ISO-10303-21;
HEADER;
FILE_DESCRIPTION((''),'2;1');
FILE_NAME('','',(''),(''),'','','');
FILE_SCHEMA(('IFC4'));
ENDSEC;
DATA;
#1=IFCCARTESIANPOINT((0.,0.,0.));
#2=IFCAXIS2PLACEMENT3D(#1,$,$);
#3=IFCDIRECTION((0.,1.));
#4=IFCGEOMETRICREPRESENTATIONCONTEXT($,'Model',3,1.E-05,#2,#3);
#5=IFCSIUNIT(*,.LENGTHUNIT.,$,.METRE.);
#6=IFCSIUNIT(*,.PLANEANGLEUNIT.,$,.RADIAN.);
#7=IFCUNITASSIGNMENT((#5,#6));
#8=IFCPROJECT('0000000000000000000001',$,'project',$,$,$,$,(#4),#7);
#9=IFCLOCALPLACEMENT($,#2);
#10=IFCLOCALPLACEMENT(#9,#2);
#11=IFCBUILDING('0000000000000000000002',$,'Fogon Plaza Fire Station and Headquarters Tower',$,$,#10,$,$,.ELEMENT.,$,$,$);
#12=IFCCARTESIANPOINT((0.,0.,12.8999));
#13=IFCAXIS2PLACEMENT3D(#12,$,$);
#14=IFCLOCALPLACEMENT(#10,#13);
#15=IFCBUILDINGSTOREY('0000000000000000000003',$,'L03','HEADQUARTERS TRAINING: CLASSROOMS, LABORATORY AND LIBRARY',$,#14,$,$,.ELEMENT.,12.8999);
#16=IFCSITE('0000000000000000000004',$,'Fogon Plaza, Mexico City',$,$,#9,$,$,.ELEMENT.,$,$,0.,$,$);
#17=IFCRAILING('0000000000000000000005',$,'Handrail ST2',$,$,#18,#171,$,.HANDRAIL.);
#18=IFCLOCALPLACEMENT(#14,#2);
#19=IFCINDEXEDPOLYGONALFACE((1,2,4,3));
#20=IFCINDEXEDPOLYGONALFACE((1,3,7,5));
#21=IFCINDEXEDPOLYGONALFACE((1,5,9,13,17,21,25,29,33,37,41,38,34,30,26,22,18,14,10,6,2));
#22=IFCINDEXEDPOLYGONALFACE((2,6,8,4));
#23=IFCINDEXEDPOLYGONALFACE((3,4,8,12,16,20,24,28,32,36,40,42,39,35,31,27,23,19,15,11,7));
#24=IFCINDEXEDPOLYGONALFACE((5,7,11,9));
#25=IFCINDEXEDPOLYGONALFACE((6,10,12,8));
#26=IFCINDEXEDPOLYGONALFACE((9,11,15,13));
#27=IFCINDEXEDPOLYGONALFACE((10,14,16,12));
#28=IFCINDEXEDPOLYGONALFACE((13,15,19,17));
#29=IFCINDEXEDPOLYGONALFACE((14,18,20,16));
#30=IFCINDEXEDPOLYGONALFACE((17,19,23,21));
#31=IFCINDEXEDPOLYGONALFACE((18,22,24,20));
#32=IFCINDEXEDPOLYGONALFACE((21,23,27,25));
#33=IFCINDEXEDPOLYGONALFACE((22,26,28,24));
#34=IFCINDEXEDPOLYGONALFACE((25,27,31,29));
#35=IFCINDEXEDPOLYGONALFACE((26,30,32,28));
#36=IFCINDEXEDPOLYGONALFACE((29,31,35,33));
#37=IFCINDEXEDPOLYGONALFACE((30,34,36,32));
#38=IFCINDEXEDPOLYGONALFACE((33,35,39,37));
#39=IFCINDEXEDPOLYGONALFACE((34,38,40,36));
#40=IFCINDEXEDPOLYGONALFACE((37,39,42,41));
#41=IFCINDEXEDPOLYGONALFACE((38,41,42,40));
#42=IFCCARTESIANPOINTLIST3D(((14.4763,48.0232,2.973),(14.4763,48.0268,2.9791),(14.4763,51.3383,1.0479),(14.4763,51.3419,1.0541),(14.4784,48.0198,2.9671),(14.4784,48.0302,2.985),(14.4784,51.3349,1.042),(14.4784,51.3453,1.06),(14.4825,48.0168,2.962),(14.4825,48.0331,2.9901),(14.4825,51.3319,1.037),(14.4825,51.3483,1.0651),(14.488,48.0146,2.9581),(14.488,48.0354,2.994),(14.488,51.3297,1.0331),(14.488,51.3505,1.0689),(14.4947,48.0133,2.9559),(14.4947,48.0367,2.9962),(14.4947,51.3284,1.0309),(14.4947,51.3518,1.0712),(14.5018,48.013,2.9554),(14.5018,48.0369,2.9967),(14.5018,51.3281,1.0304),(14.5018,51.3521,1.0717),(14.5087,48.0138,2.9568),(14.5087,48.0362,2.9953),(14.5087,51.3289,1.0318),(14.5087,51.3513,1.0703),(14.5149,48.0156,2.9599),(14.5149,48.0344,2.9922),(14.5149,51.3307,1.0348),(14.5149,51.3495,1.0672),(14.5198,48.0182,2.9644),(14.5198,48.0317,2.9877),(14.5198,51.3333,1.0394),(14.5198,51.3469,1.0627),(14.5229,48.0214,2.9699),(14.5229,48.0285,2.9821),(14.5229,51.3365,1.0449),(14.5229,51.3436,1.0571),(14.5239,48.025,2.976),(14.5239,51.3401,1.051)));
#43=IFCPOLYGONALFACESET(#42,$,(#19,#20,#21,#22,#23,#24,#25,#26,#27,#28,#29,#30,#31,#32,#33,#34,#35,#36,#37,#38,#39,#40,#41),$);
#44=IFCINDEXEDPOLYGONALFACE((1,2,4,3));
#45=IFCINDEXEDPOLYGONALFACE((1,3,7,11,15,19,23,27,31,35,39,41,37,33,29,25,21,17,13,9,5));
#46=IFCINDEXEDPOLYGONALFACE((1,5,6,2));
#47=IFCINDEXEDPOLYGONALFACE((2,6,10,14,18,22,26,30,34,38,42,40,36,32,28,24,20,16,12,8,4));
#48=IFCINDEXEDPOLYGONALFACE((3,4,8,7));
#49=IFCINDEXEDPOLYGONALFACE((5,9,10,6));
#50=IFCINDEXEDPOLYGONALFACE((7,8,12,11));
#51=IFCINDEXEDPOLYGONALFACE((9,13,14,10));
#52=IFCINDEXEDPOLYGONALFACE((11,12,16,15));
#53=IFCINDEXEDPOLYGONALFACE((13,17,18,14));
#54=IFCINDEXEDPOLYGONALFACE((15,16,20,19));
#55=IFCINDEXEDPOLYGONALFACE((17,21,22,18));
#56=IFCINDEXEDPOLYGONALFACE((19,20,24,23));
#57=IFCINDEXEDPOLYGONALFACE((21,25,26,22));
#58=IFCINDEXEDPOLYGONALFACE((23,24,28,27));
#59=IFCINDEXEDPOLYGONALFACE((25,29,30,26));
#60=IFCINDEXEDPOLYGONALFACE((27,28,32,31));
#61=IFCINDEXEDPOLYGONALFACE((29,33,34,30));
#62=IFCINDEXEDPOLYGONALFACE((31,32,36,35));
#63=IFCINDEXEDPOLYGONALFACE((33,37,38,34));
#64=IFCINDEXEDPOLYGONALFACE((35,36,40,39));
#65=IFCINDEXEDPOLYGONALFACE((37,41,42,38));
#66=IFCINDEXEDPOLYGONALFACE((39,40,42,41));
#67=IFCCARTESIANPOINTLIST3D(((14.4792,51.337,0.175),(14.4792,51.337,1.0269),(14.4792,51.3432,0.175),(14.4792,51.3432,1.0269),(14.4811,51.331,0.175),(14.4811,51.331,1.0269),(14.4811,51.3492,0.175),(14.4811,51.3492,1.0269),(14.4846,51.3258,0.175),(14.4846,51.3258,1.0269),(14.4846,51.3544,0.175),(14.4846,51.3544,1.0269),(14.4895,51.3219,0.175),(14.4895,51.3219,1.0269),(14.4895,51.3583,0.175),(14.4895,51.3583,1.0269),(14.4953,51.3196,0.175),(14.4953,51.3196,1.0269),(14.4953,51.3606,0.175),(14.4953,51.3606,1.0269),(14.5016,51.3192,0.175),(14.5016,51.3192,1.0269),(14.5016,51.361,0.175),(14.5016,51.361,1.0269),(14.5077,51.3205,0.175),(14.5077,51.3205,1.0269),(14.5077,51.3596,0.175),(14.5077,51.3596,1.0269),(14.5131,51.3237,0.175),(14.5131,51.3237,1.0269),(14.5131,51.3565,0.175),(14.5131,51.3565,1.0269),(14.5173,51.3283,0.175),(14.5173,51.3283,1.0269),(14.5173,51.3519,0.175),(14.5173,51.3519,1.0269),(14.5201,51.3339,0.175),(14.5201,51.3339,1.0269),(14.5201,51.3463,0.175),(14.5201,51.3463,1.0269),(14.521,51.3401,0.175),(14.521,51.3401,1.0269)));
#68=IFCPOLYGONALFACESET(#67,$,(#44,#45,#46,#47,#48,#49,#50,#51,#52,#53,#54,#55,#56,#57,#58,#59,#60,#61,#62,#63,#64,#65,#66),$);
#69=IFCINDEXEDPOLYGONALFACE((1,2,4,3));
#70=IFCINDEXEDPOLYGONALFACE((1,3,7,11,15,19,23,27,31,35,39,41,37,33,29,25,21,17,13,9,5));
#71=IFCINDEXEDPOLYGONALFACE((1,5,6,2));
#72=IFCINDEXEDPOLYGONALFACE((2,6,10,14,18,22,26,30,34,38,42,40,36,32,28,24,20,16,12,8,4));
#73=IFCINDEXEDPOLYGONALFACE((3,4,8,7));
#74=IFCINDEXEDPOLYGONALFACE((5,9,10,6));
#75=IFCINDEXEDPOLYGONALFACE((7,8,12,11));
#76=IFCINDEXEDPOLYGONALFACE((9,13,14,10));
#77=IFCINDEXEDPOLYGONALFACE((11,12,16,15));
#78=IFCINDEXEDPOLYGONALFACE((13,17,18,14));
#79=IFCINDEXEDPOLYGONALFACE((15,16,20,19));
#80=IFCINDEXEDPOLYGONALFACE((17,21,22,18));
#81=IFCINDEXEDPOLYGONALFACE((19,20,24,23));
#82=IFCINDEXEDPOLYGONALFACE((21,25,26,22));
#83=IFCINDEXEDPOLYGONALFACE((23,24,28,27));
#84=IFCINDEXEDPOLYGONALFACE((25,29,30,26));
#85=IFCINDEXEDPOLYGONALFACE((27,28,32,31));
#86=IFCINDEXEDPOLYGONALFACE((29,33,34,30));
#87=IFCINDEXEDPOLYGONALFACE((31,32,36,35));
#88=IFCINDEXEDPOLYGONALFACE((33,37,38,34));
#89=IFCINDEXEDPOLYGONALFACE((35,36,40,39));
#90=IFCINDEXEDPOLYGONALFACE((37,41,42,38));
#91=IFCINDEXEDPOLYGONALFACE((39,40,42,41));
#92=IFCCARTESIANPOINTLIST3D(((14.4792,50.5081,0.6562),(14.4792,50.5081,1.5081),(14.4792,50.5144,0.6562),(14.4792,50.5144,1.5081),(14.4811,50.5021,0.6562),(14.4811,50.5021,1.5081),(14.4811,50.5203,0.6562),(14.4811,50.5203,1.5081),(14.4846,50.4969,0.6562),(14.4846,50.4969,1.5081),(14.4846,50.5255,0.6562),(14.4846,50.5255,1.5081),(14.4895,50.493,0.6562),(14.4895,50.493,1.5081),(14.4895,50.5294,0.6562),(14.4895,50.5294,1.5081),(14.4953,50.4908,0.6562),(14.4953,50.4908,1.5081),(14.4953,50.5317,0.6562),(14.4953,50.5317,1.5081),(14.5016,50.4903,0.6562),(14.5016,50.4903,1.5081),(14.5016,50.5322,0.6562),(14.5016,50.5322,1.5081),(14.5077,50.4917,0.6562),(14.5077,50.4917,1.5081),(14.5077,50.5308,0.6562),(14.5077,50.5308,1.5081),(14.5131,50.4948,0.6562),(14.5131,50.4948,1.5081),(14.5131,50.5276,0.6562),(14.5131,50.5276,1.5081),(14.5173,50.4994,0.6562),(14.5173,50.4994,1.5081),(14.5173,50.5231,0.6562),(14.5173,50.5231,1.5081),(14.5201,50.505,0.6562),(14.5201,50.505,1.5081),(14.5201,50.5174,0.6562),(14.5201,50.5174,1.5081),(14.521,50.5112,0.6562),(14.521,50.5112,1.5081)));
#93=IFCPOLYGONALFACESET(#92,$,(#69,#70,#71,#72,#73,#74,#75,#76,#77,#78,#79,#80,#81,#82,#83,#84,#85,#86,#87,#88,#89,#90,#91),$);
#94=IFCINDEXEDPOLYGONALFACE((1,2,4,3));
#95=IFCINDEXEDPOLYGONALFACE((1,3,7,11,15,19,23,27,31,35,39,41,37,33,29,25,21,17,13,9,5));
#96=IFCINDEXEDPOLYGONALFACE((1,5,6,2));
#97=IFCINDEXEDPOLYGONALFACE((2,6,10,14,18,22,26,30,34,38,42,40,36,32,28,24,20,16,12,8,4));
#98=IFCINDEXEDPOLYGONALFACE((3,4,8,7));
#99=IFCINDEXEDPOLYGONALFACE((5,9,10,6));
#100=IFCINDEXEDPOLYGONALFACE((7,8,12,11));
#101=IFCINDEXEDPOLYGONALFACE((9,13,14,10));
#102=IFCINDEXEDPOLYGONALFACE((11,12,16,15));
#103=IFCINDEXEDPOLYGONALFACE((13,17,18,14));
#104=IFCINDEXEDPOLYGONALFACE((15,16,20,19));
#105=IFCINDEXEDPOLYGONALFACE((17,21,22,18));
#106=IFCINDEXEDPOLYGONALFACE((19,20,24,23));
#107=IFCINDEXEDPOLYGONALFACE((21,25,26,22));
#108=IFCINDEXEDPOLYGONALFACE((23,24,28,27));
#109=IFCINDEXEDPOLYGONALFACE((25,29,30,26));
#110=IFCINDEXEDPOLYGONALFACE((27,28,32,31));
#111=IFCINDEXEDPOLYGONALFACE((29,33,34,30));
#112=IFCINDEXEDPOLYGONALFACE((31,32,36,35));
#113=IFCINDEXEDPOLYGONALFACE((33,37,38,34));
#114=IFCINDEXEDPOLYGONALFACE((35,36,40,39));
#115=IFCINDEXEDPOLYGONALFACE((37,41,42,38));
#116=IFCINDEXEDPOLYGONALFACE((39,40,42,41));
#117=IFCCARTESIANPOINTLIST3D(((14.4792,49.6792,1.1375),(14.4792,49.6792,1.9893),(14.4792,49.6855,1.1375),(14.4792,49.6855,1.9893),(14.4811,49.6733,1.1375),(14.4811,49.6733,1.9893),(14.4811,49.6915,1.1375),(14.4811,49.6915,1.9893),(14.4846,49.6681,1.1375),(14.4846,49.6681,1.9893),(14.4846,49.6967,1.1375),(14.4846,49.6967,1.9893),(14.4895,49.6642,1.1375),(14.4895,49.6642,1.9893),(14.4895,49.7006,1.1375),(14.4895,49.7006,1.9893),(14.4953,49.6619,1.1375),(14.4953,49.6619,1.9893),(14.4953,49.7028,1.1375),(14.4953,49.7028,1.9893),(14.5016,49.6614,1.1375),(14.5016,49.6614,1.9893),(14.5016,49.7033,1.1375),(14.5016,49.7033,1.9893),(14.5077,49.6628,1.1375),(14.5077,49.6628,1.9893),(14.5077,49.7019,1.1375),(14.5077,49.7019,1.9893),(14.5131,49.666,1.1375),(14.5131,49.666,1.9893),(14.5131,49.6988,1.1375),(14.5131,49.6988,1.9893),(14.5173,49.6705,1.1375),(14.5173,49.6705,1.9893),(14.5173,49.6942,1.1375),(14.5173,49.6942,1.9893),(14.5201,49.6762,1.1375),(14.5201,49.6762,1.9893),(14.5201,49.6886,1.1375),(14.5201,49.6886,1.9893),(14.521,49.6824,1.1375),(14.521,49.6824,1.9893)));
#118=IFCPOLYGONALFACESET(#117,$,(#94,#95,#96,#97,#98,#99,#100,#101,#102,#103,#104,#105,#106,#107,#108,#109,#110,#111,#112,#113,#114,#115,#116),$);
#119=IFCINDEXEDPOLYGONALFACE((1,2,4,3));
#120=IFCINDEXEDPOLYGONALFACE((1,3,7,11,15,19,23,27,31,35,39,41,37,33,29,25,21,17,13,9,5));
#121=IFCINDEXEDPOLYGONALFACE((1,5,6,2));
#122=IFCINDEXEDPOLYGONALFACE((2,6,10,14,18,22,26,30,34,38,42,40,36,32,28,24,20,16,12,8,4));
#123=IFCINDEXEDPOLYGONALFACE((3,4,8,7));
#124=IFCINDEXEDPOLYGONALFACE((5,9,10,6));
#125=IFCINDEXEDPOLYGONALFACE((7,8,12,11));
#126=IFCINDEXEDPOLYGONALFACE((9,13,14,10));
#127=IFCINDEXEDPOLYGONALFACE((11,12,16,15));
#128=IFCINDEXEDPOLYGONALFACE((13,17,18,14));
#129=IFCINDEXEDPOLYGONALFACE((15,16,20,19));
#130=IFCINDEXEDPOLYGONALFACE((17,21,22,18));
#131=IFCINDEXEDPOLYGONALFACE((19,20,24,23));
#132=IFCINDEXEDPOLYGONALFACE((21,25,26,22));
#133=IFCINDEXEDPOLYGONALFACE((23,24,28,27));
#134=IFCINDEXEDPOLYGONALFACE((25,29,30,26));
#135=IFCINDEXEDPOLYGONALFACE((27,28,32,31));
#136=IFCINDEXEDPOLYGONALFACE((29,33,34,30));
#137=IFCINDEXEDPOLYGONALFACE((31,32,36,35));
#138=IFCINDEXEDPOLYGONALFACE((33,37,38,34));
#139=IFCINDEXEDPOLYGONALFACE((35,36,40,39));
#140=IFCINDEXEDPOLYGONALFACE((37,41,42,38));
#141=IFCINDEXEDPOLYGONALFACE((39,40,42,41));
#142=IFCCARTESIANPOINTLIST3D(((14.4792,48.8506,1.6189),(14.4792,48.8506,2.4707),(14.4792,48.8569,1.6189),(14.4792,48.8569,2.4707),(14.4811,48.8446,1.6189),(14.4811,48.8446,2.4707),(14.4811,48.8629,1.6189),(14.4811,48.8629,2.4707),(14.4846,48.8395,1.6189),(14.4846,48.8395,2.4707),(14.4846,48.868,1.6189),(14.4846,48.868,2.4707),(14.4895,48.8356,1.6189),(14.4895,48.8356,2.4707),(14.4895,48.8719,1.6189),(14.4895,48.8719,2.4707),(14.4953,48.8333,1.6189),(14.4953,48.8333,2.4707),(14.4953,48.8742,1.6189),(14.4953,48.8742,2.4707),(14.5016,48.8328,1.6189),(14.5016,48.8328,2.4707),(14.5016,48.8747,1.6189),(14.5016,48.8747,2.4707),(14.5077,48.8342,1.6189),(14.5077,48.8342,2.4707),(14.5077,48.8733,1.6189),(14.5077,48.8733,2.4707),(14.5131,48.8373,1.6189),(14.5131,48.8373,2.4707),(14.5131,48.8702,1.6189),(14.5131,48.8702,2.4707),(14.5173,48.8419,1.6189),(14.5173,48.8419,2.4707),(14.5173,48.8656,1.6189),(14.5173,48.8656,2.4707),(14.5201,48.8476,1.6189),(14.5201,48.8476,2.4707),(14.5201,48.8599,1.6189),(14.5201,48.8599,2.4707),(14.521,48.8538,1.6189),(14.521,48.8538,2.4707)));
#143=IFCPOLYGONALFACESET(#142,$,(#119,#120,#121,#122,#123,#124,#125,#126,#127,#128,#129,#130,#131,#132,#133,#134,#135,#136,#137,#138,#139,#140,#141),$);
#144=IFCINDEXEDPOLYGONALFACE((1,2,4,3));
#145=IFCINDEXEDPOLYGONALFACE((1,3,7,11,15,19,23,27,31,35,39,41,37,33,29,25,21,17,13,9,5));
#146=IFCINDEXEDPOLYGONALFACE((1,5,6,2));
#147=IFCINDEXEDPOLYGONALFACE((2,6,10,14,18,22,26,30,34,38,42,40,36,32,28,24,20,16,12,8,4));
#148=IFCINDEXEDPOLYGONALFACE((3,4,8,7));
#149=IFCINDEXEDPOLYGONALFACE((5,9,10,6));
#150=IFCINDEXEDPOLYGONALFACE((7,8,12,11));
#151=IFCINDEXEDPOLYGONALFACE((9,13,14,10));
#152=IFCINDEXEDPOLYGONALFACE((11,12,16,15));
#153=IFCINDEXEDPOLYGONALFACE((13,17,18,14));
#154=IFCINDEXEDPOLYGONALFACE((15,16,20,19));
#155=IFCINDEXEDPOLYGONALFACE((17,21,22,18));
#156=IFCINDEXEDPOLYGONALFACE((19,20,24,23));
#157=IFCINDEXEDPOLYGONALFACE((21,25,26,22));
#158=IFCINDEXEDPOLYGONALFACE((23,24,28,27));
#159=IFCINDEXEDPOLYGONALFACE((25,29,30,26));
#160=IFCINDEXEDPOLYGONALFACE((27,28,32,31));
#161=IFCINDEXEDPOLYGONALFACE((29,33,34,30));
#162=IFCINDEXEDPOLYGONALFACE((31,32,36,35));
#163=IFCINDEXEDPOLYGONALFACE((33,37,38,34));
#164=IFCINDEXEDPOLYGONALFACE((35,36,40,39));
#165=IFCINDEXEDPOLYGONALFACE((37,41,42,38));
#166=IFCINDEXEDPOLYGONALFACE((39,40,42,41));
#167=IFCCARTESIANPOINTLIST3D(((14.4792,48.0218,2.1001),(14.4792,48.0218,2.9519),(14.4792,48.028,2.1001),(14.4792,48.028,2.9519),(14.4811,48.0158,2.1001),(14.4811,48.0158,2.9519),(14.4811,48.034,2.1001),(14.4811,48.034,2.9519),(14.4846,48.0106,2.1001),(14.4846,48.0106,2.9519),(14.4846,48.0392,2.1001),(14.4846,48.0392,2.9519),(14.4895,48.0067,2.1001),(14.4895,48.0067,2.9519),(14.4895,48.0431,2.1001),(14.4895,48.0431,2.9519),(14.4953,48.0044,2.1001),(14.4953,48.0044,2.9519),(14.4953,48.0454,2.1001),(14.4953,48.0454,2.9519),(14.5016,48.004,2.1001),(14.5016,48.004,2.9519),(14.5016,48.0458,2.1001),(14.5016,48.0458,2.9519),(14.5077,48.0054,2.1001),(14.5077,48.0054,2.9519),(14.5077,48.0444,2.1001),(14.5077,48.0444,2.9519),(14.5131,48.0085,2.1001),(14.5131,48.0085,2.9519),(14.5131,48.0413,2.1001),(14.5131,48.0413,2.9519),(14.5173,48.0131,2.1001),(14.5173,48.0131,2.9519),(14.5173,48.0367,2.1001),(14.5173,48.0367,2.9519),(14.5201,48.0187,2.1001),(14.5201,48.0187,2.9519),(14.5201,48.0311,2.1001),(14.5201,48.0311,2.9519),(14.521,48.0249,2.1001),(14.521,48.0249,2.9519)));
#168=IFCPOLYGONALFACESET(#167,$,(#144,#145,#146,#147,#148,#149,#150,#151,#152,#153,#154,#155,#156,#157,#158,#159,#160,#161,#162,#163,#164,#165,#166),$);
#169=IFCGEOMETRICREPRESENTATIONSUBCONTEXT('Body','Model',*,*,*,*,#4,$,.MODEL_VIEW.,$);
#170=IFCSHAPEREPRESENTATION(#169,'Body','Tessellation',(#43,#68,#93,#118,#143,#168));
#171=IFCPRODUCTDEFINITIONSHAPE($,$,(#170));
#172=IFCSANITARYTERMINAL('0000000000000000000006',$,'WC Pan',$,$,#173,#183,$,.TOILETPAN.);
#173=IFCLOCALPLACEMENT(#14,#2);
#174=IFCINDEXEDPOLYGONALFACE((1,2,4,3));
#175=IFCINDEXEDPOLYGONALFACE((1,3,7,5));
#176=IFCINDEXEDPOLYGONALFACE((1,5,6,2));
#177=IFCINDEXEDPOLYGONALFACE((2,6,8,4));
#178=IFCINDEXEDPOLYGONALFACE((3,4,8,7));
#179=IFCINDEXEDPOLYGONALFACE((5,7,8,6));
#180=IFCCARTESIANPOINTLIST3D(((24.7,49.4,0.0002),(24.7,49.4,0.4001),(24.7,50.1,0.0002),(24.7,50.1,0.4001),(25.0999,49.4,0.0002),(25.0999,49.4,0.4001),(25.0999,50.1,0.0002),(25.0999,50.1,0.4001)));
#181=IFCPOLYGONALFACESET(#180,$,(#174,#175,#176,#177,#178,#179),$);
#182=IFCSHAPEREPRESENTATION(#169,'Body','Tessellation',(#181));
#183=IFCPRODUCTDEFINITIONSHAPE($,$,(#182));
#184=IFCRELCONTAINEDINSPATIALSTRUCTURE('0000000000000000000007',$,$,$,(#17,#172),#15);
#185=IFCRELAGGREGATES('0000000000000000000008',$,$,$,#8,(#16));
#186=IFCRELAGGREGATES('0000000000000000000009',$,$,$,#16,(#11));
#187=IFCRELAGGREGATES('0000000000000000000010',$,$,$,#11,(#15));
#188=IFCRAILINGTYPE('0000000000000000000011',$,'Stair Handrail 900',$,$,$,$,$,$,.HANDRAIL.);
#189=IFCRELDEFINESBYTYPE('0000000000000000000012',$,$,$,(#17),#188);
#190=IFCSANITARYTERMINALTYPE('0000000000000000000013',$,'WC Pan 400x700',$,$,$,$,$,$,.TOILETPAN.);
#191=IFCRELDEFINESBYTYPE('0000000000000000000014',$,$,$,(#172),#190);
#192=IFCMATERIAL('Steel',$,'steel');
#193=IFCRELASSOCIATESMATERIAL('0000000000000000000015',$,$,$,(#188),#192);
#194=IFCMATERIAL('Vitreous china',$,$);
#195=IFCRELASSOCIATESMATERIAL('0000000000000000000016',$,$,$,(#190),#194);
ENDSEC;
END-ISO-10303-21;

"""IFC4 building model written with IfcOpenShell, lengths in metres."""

from ifc_helpers import new_model, si_unit, direction, frame, origin, origin_2d, place, context, subcontext, project, spatial, rectangle, circle, extrude, material, type_object, element, save


model = new_model("IFC4")

# Units and contexts
model_context = context("Model", 3, precision=1e-05, world=origin(), true_north=direction((0.0, 1.0)))
body_context = subcontext(model_context, "Body", "Model", "MODEL_VIEW")
ifc_project = project(units=[si_unit("LENGTHUNIT", "METRE"), si_unit("PLANEANGLEUNIT", "RADIAN")], contexts=[model_context])

# Site, building, storey
site_placement = place(None, origin())
site = spatial("IfcSite", under=ifc_project, at=site_placement, Name="Fogon Plaza, Mexico City", CompositionType="ELEMENT", RefElevation=0.0)
building_placement = place(site_placement, origin())
building = spatial("IfcBuilding", under=site, at=building_placement, Name="Fogon Plaza Fire Station and Headquarters Tower", CompositionType="ELEMENT")
storey_placement = place(building_placement, frame((0.0, 0.0, 12.8999)))
storey = spatial("IfcBuildingStorey", under=building, at=storey_placement, Name="L03", Description="HEADQUARTERS TRAINING: CLASSROOMS, LABORATORY AND LIBRARY", CompositionType="ELEMENT", Elevation=12.8999)

# Railing
ifc_material_1 = material(Name="Steel", Category="steel")
railing_type = type_object("IfcRailingType", Name="Stair Handrail 900", PredefinedType="HANDRAIL", material=ifc_material_1)
for number, where, name in (
    (1, (14.5, 51.3401, 0.175), "Handrail ST2"),
):
    element("IfcRailing", number, at=place(storey_placement, frame(where)), inside=storey, type_object=railing_type, Name=name, PredefinedType="HANDRAIL", context=body_context, shape_type="SweptSolid", body=[
        extrude(circle(Radius=0.0239, at=origin_2d()), frame((0.0, 0.0, 0.876), z_axis=(0.0, -0.864777, 0.502155), x_axis=(1.0, 0.0, 0.0)), (0.0, 0.0, 1.0), 3.8335),
        extrude(circle(Radius=0.021, at=origin_2d()), origin(), (0.0, 0.0, 1.0), 0.8518),
        extrude(circle(Radius=0.021, at=origin_2d()), frame((0.0, -0.8289, 0.4812)), (0.0, 0.0, 1.0), 0.8518),
        extrude(circle(Radius=0.021, at=origin_2d()), frame((0.0, -1.6577, 0.9624)), (0.0, 0.0, 1.0), 0.8518),
        extrude(circle(Radius=0.021, at=origin_2d()), frame((0.0, -2.4863, 1.4438)), (0.0, 0.0, 1.0), 0.8518),
        extrude(circle(Radius=0.021, at=origin_2d()), frame((0.0, -3.3152, 1.925)), (0.0, 0.0, 1.0), 0.8518),
    ])

# Sanitary terminal
ifc_material_2 = material(Name="Vitreous china")
sanitary_terminal_type = type_object("IfcSanitaryTerminalType", Name="WC Pan 400x700", PredefinedType="TOILETPAN", material=ifc_material_2)
sanitary_terminal_placement = place(storey_placement, frame((24.8999, 49.75, 0.0002), z_axis=(0.0, 0.0, 1.0), x_axis=(1.0, 0.0, 0.0)))
element("IfcSanitaryTerminal", 2, at=sanitary_terminal_placement, inside=storey, type_object=sanitary_terminal_type, Name="WC Pan", PredefinedType="TOILETPAN", context=body_context, shape_type="SweptSolid", body=[
    extrude(rectangle(XDim=0.3999, YDim=0.7, at=origin_2d()), origin(), (0.0, 0.0, 1.0), 0.3999),
])

save(model, "model.ifc")
